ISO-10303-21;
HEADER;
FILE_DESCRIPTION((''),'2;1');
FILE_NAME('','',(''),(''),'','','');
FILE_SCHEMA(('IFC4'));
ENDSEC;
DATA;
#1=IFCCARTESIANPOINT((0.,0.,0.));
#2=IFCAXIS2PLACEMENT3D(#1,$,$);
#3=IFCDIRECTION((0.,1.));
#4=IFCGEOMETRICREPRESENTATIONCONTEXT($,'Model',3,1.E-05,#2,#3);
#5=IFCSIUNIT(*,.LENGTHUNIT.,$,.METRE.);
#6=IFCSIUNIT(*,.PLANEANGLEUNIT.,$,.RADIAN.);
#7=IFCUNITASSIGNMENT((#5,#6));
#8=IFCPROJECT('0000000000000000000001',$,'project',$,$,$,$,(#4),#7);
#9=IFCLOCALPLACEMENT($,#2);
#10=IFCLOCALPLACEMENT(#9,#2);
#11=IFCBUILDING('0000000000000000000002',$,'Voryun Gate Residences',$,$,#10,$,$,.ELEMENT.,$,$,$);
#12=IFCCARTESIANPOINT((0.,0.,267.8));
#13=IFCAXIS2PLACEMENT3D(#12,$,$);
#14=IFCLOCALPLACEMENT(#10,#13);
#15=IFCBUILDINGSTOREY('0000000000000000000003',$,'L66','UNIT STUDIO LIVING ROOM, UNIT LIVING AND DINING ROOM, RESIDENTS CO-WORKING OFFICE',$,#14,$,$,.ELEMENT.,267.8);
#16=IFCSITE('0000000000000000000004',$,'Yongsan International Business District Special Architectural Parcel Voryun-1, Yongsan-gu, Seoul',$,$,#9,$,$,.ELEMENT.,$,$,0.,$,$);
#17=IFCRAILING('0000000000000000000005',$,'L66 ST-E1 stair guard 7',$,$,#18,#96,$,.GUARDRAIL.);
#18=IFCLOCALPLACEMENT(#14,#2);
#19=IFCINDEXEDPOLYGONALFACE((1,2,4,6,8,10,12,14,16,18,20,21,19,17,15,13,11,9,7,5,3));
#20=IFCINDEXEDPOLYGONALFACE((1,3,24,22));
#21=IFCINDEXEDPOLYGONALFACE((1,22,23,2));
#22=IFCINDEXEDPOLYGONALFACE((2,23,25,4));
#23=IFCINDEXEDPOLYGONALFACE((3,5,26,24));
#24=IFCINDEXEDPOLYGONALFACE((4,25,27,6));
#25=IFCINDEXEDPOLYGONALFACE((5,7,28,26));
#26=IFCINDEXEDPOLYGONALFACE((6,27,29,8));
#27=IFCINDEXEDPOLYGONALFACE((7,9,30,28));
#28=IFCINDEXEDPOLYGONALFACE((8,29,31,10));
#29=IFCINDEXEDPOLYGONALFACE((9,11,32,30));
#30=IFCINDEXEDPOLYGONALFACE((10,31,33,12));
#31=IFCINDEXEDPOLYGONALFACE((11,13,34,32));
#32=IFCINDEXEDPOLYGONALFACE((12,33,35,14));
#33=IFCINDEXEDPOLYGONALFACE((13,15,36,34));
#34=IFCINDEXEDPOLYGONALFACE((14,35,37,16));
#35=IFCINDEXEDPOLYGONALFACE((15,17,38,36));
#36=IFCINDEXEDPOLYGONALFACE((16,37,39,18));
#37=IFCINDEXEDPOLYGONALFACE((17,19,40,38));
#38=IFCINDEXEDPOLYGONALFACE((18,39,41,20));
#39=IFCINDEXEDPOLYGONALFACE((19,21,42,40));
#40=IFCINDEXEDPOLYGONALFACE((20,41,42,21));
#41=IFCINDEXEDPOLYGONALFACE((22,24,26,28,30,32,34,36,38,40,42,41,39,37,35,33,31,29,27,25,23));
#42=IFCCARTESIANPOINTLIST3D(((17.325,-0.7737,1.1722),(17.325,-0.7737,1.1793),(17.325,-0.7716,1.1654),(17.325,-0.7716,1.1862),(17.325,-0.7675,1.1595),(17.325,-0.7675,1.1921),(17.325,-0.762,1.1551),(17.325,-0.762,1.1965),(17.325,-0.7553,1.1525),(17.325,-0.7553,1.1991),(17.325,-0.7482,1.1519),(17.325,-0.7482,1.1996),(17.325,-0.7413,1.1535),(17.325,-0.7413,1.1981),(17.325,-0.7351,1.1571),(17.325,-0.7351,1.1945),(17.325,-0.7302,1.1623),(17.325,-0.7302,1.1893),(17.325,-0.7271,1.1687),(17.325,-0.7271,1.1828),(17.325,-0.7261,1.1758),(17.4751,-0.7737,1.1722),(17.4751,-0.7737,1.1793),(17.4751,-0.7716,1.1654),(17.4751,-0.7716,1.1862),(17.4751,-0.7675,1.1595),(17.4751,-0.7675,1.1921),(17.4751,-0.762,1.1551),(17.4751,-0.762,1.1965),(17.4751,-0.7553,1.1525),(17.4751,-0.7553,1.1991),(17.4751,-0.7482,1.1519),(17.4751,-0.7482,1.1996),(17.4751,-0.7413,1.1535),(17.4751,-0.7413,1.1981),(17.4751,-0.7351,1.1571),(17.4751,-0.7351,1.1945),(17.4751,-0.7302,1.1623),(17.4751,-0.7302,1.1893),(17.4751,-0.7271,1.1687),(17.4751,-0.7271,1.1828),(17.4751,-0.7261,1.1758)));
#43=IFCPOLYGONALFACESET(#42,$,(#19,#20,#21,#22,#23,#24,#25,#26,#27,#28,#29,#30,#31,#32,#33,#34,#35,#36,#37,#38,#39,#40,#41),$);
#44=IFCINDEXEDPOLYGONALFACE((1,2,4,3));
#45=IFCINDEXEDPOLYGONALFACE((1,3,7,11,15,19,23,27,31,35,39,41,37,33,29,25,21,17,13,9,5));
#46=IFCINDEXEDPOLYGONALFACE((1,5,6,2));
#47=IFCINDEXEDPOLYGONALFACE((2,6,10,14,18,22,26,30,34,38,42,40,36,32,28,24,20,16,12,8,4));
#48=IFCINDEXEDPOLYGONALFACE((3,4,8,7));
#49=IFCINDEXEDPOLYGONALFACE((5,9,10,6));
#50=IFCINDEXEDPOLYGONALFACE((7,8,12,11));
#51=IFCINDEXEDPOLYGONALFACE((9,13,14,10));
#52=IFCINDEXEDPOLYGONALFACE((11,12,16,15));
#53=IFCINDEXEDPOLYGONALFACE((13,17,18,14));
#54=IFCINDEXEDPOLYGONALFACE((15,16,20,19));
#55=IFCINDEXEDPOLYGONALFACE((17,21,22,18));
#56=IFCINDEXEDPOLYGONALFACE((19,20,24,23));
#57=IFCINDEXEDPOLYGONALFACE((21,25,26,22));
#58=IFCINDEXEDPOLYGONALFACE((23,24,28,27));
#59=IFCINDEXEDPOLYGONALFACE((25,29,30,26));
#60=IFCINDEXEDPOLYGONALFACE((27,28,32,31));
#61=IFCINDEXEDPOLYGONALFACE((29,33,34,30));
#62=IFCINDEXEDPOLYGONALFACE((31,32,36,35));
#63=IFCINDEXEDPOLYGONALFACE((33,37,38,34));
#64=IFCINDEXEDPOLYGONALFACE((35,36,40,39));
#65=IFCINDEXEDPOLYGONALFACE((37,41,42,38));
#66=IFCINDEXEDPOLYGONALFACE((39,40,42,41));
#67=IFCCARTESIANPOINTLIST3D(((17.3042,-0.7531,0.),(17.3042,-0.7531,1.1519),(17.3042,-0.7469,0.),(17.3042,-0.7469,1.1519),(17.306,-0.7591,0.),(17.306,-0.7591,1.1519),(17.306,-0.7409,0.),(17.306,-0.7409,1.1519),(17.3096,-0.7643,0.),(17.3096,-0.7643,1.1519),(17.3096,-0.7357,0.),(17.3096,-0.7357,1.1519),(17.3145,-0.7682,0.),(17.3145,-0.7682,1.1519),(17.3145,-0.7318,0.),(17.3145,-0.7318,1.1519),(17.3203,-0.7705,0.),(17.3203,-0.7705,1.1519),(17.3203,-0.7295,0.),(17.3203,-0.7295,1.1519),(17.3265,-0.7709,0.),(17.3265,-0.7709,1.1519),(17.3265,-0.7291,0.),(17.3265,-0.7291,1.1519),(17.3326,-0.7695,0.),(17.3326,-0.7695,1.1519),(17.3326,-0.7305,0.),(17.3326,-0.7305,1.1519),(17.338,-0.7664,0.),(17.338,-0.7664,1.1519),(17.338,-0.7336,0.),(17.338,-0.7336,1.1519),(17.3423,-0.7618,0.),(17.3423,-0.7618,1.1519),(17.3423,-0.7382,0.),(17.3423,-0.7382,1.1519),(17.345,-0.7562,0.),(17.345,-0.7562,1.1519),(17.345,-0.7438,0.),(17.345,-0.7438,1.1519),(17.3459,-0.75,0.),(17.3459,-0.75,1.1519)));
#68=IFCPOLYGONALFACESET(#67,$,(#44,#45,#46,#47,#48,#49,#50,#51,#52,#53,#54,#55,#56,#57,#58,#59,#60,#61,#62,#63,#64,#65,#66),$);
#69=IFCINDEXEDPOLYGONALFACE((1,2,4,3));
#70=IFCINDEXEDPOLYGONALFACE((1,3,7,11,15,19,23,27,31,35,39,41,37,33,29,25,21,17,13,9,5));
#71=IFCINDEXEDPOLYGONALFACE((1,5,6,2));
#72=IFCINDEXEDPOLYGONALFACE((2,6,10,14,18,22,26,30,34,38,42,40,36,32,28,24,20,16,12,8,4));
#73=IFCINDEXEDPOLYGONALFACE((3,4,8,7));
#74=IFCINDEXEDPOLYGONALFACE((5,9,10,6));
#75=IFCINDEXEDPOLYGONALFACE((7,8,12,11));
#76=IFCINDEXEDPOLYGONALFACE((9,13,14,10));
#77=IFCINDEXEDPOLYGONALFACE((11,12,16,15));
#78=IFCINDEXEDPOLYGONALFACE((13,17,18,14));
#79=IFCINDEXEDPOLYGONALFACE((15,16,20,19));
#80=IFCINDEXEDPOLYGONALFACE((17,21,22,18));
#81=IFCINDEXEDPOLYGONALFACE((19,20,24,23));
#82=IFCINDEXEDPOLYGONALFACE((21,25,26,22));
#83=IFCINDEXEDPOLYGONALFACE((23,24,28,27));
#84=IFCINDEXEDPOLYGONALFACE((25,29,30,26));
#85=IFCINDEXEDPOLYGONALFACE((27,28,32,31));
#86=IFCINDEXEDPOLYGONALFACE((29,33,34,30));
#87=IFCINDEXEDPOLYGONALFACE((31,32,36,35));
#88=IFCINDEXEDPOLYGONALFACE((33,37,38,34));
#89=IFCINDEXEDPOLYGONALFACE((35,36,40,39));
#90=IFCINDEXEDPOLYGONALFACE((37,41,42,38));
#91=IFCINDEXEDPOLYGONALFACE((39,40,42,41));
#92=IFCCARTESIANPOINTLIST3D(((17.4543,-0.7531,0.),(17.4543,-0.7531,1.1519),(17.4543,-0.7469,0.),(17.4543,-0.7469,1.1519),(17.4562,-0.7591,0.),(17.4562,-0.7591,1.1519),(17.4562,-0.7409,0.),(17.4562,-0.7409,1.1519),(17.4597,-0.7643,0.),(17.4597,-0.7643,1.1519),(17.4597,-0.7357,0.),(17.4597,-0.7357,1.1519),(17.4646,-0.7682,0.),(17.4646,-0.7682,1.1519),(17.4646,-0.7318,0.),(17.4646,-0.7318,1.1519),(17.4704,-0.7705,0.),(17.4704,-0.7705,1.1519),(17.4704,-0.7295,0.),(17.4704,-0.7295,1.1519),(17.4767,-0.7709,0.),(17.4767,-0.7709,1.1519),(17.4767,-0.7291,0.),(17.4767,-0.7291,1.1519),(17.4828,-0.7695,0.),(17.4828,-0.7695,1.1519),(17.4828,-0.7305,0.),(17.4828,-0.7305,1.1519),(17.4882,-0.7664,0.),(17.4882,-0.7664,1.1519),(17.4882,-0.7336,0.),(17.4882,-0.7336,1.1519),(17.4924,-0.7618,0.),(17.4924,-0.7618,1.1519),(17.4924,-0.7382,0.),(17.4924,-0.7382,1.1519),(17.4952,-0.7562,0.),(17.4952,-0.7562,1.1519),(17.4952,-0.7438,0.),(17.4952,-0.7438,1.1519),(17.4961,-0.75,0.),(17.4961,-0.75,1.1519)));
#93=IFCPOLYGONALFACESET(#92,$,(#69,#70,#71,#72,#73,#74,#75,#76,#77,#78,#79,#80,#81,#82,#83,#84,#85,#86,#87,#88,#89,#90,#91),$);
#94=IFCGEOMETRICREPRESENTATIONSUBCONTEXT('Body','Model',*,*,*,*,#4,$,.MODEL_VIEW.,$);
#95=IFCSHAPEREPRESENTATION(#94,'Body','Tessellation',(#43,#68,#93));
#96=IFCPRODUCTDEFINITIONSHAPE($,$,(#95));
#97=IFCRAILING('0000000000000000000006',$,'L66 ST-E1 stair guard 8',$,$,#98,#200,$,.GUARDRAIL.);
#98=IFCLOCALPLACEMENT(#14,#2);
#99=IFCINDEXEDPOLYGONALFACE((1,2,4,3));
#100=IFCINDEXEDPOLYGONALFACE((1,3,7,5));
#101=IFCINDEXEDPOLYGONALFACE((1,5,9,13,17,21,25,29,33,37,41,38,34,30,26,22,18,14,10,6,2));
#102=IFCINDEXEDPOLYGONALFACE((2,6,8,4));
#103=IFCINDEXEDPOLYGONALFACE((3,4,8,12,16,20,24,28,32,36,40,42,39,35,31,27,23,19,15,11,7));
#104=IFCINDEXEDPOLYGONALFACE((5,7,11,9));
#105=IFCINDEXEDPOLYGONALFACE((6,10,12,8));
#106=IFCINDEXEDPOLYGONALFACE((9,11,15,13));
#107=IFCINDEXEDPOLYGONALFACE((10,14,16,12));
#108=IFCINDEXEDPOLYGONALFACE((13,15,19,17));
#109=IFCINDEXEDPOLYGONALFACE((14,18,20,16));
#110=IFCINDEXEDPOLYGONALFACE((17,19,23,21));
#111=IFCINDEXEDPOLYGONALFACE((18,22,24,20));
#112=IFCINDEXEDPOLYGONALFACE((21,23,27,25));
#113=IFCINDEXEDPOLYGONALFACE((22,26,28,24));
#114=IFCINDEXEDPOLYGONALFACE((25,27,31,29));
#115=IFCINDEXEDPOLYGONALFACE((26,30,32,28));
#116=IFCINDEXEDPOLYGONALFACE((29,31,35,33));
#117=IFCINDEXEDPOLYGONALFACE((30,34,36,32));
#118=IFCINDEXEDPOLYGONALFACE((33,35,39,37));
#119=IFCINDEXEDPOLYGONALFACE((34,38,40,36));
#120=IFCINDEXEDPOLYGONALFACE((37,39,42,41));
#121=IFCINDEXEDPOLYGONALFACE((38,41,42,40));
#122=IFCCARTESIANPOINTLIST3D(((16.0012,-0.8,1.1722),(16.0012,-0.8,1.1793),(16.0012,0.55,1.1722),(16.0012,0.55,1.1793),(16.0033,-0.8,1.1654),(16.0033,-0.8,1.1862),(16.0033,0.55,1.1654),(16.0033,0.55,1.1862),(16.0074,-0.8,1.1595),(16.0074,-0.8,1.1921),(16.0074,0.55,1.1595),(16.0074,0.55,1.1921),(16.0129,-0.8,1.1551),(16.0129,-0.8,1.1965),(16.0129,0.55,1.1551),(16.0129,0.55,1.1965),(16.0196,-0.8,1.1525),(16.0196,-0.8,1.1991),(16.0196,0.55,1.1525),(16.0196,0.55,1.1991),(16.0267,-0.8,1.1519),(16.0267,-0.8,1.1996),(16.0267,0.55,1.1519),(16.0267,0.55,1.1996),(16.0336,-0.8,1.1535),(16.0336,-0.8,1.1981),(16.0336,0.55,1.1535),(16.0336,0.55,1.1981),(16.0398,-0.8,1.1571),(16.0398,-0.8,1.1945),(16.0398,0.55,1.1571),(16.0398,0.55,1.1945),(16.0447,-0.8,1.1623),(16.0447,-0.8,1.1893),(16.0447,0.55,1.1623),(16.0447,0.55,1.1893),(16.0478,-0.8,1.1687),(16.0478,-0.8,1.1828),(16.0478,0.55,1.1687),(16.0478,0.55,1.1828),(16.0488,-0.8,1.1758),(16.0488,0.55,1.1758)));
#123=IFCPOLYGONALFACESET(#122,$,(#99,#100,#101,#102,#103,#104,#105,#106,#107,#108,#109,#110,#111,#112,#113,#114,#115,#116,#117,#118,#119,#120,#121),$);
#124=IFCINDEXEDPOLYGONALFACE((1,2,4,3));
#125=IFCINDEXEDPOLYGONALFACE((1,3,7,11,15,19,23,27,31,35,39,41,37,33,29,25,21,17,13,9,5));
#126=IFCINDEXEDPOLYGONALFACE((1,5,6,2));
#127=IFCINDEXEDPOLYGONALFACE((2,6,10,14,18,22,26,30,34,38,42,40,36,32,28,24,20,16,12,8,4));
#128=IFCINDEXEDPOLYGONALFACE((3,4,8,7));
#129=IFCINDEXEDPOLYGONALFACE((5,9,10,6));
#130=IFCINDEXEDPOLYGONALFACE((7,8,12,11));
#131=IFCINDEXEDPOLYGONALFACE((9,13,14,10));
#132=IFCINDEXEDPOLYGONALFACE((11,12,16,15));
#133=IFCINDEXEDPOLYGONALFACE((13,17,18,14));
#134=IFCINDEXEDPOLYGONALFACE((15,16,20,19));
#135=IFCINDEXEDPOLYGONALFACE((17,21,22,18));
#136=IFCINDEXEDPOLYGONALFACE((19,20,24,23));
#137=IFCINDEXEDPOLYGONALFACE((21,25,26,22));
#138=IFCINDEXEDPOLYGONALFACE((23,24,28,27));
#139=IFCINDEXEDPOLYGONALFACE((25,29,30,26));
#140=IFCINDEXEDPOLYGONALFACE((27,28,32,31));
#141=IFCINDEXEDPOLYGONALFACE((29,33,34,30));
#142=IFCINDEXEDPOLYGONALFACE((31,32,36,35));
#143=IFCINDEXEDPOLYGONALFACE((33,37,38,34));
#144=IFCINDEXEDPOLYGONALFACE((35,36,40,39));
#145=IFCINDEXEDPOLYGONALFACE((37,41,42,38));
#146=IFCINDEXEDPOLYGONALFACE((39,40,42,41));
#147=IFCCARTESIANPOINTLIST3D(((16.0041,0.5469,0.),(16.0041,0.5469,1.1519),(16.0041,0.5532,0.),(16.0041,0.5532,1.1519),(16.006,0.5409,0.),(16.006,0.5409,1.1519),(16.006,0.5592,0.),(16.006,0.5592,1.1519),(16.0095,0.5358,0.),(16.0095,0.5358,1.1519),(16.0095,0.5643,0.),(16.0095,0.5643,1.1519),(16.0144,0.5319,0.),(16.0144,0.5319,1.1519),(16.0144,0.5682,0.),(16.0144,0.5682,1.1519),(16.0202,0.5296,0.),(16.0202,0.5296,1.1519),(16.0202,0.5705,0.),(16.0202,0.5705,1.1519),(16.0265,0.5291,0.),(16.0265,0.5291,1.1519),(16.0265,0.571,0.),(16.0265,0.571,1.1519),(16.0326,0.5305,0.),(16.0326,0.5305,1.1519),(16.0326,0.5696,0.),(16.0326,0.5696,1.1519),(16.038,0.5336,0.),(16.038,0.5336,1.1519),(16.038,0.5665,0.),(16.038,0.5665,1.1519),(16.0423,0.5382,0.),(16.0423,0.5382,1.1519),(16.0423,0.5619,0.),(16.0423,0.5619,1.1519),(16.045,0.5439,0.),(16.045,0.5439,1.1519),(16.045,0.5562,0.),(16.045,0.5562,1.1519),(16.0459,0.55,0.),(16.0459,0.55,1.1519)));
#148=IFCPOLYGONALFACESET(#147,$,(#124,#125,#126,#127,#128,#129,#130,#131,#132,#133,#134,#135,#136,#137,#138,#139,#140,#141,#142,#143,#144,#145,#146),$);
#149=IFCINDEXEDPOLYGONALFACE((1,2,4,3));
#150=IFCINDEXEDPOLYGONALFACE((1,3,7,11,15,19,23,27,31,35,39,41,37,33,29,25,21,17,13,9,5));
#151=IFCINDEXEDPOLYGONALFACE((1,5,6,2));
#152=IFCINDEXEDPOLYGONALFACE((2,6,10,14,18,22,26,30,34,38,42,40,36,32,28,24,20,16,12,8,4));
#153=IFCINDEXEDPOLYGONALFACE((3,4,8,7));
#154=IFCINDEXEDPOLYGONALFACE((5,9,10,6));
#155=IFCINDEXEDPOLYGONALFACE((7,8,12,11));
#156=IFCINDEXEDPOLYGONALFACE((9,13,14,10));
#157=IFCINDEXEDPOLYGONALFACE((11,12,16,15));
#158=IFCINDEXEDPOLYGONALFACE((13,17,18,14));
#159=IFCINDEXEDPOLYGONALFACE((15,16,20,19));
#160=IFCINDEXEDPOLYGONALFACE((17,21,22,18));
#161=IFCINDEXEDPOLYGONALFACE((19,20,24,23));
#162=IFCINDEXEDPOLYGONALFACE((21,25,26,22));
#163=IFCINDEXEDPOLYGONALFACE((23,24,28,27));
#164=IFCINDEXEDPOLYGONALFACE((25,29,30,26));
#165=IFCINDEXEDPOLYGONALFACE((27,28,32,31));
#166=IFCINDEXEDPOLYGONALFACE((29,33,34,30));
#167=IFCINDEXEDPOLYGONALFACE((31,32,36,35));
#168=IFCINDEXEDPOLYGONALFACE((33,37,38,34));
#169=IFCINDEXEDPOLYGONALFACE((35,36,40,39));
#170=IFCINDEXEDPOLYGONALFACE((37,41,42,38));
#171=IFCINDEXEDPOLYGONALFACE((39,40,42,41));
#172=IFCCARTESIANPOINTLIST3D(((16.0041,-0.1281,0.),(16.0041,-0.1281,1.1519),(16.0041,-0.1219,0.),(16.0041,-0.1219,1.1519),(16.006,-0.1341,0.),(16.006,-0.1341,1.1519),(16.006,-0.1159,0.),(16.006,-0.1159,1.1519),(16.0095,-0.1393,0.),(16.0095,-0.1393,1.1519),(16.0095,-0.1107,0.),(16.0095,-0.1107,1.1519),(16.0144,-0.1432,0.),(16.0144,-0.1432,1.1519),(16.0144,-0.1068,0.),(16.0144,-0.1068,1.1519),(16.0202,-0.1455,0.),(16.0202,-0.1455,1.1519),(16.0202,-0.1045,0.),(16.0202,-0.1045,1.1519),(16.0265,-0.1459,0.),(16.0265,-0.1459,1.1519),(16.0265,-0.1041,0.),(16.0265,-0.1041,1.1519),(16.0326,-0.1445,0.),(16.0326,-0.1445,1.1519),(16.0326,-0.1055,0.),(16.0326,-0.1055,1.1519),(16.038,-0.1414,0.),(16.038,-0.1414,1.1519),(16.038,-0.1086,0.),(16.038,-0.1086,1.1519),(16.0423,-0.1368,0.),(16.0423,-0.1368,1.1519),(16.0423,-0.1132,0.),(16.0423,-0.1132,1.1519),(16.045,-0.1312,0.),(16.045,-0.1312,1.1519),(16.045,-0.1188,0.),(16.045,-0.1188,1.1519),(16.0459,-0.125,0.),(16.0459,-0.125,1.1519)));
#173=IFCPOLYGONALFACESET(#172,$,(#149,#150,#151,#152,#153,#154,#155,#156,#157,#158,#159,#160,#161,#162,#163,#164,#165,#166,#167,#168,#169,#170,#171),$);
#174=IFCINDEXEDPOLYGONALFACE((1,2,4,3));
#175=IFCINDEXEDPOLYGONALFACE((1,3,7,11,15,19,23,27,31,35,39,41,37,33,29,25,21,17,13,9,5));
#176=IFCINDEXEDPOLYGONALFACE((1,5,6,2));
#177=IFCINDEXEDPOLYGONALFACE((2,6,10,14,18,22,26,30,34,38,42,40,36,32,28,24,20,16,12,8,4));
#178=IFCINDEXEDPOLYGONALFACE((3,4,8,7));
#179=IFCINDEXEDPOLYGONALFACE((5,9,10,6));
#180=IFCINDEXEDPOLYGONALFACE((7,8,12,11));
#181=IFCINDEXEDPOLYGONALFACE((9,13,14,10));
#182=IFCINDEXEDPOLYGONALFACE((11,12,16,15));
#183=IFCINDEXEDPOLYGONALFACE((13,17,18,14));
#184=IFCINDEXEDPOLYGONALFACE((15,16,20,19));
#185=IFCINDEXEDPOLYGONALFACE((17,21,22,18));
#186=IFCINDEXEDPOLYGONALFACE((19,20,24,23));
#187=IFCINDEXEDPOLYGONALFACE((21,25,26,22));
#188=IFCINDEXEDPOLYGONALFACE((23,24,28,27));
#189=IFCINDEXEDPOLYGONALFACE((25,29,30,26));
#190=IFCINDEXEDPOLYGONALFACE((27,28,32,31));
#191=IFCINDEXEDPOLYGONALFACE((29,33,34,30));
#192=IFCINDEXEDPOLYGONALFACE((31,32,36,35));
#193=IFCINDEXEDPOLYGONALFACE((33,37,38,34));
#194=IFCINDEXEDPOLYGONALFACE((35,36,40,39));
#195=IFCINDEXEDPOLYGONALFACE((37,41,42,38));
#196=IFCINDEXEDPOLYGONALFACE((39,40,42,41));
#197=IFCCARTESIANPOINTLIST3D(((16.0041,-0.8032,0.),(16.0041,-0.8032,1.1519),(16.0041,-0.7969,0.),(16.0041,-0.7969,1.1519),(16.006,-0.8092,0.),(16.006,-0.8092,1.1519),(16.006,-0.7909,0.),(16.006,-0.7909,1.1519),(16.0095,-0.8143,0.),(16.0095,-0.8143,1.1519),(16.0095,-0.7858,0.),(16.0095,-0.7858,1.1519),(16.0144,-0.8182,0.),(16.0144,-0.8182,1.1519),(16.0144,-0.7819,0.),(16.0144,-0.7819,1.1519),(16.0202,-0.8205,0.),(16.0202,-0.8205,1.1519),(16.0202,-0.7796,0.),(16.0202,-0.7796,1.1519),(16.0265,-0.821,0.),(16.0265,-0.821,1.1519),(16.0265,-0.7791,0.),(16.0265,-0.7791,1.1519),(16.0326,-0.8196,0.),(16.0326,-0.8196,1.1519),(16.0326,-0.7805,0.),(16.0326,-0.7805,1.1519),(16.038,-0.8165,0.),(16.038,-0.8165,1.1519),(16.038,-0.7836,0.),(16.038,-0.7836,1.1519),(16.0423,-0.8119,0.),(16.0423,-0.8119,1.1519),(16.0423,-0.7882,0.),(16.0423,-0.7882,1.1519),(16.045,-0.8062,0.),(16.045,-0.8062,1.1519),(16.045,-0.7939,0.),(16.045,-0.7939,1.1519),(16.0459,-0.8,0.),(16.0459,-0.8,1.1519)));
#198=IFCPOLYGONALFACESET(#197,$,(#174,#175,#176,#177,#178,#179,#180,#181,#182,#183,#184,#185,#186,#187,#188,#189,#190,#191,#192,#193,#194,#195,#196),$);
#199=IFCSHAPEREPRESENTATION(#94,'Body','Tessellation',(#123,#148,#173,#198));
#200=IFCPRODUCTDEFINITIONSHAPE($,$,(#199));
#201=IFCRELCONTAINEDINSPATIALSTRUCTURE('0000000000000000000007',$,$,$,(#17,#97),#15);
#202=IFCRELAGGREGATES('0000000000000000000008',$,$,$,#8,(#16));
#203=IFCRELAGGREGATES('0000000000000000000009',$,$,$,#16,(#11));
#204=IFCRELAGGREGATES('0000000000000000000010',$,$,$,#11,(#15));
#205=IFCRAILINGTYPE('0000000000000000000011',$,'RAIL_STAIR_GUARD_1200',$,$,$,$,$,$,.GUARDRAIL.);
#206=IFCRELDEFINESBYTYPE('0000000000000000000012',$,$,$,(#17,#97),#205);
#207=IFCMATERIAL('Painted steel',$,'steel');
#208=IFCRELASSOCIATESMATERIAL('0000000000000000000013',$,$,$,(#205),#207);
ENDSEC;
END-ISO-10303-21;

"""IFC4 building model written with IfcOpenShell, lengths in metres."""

from ifc_helpers import new_model, si_unit, direction, frame, origin, origin_2d, place, context, subcontext, project, spatial, circle, extrude, material, type_object, element, save


model = new_model("IFC4")

# Units and contexts
model_context = context("Model", 3, precision=1e-05, world=origin(), true_north=direction((0.0, 1.0)))
body_context = subcontext(model_context, "Body", "Model", "MODEL_VIEW")
ifc_project = project(units=[si_unit("LENGTHUNIT", "METRE"), si_unit("PLANEANGLEUNIT", "RADIAN")], contexts=[model_context])

# Site, building, storey
site_placement = place(None, origin())
site = spatial("IfcSite", under=ifc_project, at=site_placement, Name="Yongsan International Business District Special Architectural Parcel Voryun-1, Yongsan-gu, Seoul", CompositionType="ELEMENT", RefElevation=0.0)
building_placement = place(site_placement, origin())
building = spatial("IfcBuilding", under=site, at=building_placement, Name="Voryun Gate Residences", CompositionType="ELEMENT")
storey_placement = place(building_placement, frame((0.0, 0.0, 267.8)))
storey = spatial("IfcBuildingStorey", under=building, at=storey_placement, Name="L66", Description="UNIT STUDIO LIVING ROOM, UNIT LIVING AND DINING ROOM, RESIDENTS CO-WORKING OFFICE", CompositionType="ELEMENT", Elevation=267.8)

# Railings
ifc_material_1 = material(Name="Painted steel", Category="steel")
railing_type_1 = type_object("IfcRailingType", Name="RAIL_STAIR_GUARD_1200", PredefinedType="GUARDRAIL", material=ifc_material_1)
railing_1_placement = place(storey_placement, frame((17.325, -0.75, 0.0)))
element("IfcRailing", 1, at=railing_1_placement, inside=storey, type_object=railing_type_1, Name="L66 ST-E1 stair guard 7", PredefinedType="GUARDRAIL", context=body_context, shape_type="SweptSolid", body=[
    extrude(circle(Radius=0.0239, at=origin_2d()), frame((0.0, 0.0, 1.1758), z_axis=(1.0, 0.0, 0.0), x_axis=(0.0, 1.0, 0.0)), (0.0, 0.0, 1.0), 0.1501),
    extrude(circle(Radius=0.021, at=origin_2d()), origin(), (0.0, 0.0, 1.0), 1.1519),
    extrude(circle(Radius=0.021, at=origin_2d()), frame((0.1501, 0.0, 0.0)), (0.0, 0.0, 1.0), 1.1519),
])
for number, where, name in (
    (2, (16.0249, 0.55, 0.0), "L66 ST-E1 stair guard 8"),
):
    element("IfcRailing", number, at=place(storey_placement, frame(where)), inside=storey, type_object=railing_type_1, Name=name, PredefinedType="GUARDRAIL", context=body_context, shape_type="SweptSolid", body=[
        extrude(circle(Radius=0.0239, at=origin_2d()), frame((0.0, 0.0, 1.1758), z_axis=(0.0, -1.0, 0.0), x_axis=(1.0, 0.0, 0.0)), (0.0, 0.0, 1.0), 1.3501),
        extrude(circle(Radius=0.021, at=origin_2d()), origin(), (0.0, 0.0, 1.0), 1.1519),
        extrude(circle(Radius=0.021, at=origin_2d()), frame((0.0, -0.675, 0.0)), (0.0, 0.0, 1.0), 1.1519),
        extrude(circle(Radius=0.021, at=origin_2d()), frame((0.0, -1.3501, 0.0)), (0.0, 0.0, 1.0), 1.1519),
    ])

save(model, "model.ifc")
